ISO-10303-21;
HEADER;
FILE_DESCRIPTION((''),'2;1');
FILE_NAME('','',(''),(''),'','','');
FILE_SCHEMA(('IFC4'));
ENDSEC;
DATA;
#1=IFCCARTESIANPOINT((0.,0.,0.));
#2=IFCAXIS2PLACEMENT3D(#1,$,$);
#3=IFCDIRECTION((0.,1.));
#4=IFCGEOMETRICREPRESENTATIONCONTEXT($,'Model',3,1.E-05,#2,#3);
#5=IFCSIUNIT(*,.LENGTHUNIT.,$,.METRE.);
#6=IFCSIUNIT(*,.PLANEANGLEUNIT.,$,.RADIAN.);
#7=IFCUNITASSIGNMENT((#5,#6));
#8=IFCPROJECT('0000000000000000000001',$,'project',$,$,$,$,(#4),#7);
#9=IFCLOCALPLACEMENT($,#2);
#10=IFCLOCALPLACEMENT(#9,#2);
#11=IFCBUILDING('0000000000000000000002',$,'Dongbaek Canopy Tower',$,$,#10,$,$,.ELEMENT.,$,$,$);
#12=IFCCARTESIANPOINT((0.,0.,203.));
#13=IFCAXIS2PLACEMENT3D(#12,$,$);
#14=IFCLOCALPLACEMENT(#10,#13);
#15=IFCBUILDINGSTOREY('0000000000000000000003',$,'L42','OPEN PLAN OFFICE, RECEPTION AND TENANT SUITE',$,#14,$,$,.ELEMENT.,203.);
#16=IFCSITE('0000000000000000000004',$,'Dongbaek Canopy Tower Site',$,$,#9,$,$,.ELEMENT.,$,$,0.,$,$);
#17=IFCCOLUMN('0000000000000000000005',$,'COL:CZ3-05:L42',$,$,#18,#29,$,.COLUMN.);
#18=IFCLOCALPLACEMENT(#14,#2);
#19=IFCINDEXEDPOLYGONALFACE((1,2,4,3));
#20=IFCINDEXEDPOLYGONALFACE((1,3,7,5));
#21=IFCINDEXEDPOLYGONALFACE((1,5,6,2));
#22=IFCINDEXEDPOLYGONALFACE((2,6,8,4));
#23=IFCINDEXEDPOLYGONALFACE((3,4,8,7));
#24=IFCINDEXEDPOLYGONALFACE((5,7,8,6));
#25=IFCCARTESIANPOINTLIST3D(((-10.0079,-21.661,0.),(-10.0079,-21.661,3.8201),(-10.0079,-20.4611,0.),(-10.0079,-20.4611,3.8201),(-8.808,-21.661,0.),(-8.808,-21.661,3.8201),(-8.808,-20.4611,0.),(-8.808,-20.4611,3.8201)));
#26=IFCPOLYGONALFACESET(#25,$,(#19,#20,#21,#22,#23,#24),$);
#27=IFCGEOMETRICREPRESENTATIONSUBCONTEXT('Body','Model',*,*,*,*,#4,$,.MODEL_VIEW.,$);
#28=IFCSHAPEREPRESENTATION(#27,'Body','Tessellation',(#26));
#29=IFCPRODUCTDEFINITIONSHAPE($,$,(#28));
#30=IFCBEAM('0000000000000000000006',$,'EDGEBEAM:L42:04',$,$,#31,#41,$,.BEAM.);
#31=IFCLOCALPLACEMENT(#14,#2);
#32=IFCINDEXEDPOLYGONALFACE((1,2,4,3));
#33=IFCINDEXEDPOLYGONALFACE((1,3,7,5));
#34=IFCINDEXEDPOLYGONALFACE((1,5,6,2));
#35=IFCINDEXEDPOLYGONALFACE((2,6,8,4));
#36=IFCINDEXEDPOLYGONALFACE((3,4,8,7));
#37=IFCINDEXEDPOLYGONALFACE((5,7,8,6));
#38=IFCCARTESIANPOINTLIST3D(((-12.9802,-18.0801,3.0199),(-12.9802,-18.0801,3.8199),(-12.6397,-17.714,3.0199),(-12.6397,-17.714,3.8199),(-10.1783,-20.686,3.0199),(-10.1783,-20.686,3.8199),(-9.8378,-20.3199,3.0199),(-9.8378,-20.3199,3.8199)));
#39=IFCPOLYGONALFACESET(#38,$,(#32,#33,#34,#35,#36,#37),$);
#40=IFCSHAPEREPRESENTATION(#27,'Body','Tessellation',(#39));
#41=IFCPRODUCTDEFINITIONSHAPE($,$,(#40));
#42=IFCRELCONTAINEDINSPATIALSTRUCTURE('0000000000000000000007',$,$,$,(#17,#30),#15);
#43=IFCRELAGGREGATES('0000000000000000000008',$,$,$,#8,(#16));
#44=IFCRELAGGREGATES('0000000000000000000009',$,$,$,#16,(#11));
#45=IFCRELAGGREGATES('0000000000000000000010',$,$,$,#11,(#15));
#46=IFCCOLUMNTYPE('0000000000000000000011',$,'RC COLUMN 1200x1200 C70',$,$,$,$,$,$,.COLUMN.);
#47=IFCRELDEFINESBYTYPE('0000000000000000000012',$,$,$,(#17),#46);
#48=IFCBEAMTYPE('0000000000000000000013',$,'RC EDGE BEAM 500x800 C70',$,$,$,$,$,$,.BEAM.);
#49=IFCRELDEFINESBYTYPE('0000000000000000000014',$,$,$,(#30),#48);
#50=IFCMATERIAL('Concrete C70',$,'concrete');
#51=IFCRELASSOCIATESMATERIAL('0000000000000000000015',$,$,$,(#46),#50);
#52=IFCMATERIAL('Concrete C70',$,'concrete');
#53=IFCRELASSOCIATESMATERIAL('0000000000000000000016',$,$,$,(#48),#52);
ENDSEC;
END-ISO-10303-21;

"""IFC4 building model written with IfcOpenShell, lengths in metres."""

from ifc_helpers import new_model, si_unit, direction, frame, origin, origin_2d, place, context, subcontext, project, spatial, rectangle, extrude, material, material_profile, profile_set, type_object, element, save


model = new_model("IFC4")

# Units and contexts
model_context = context("Model", 3, precision=1e-05, world=origin(), true_north=direction((0.0, 1.0)))
body_context = subcontext(model_context, "Body", "Model", "MODEL_VIEW")
ifc_project = project(units=[si_unit("LENGTHUNIT", "METRE"), si_unit("PLANEANGLEUNIT", "RADIAN")], contexts=[model_context])

# Site, building, storey
site_placement = place(None, origin())
site = spatial("IfcSite", under=ifc_project, at=site_placement, Name="Dongbaek Canopy Tower Site", CompositionType="ELEMENT", RefElevation=0.0)
building_placement = place(site_placement, origin())
building = spatial("IfcBuilding", under=site, at=building_placement, Name="Dongbaek Canopy Tower", CompositionType="ELEMENT")
storey_placement = place(building_placement, frame((0.0, 0.0, 203.0)))
storey = spatial("IfcBuildingStorey", under=building, at=storey_placement, Name="L42", Description="OPEN PLAN OFFICE, RECEPTION AND TENANT SUITE", CompositionType="ELEMENT", Elevation=203.0)

# Column
ifc_material_1 = material(Name="Concrete C70", Category="concrete")
ifc_material_profile_1 = material_profile(ifc_material_1, rectangle(XDim=1.2, YDim=1.2, at=origin_2d()), Name="RC COLUMN 1200x1200 C70")
ifc_profile_set_1 = profile_set([ifc_material_profile_1], Name="Concrete C70")
column_type = type_object("IfcColumnType", Name="RC COLUMN 1200x1200 C70", PredefinedType="COLUMN", material=ifc_profile_set_1)
column_placement = place(storey_placement, frame((-9.408, -21.061, 0.0), z_axis=(0.0, 0.0, 1.0), x_axis=(1.0, 0.0, 0.0)))
element("IfcColumn", 1, at=column_placement, inside=storey, type_object=column_type, Name="COL:CZ3-05:L42", PredefinedType="COLUMN", context=body_context, shape_type="SweptSolid", body=[
    extrude(rectangle(XDim=1.2, YDim=1.2, at=origin_2d()), origin(), (0.0, 0.0, 1.0), 3.8201),
])

# Beam
ifc_material_2 = material(Name="Concrete C70", Category="concrete")
ifc_material_profile_2 = material_profile(ifc_material_2, rectangle(XDim=0.5, YDim=0.8, at=origin_2d()), Name="RC EDGE BEAM 500x800 C70")
ifc_profile_set_2 = profile_set([ifc_material_profile_2], Name="Concrete C70")
beam_type = type_object("IfcBeamType", Name="RC EDGE BEAM 500x800 C70", PredefinedType="BEAM", material=ifc_profile_set_2)
beam_placement = place(storey_placement, frame((-10.0081, -20.5029, 3.4199), z_axis=(-0.732259, 0.681026, 0.0), x_axis=(-0.681026, -0.732259, 0.0)))
element("IfcBeam", 2, at=beam_placement, inside=storey, type_object=beam_type, Name="EDGEBEAM:L42:04", PredefinedType="BEAM", context=body_context, shape_type="SweptSolid", body=[
    extrude(rectangle(XDim=0.5, YDim=0.8, at=origin_2d()), origin(), (0.0, 0.0, 1.0), 3.8264),
])

save(model, "model.ifc")
